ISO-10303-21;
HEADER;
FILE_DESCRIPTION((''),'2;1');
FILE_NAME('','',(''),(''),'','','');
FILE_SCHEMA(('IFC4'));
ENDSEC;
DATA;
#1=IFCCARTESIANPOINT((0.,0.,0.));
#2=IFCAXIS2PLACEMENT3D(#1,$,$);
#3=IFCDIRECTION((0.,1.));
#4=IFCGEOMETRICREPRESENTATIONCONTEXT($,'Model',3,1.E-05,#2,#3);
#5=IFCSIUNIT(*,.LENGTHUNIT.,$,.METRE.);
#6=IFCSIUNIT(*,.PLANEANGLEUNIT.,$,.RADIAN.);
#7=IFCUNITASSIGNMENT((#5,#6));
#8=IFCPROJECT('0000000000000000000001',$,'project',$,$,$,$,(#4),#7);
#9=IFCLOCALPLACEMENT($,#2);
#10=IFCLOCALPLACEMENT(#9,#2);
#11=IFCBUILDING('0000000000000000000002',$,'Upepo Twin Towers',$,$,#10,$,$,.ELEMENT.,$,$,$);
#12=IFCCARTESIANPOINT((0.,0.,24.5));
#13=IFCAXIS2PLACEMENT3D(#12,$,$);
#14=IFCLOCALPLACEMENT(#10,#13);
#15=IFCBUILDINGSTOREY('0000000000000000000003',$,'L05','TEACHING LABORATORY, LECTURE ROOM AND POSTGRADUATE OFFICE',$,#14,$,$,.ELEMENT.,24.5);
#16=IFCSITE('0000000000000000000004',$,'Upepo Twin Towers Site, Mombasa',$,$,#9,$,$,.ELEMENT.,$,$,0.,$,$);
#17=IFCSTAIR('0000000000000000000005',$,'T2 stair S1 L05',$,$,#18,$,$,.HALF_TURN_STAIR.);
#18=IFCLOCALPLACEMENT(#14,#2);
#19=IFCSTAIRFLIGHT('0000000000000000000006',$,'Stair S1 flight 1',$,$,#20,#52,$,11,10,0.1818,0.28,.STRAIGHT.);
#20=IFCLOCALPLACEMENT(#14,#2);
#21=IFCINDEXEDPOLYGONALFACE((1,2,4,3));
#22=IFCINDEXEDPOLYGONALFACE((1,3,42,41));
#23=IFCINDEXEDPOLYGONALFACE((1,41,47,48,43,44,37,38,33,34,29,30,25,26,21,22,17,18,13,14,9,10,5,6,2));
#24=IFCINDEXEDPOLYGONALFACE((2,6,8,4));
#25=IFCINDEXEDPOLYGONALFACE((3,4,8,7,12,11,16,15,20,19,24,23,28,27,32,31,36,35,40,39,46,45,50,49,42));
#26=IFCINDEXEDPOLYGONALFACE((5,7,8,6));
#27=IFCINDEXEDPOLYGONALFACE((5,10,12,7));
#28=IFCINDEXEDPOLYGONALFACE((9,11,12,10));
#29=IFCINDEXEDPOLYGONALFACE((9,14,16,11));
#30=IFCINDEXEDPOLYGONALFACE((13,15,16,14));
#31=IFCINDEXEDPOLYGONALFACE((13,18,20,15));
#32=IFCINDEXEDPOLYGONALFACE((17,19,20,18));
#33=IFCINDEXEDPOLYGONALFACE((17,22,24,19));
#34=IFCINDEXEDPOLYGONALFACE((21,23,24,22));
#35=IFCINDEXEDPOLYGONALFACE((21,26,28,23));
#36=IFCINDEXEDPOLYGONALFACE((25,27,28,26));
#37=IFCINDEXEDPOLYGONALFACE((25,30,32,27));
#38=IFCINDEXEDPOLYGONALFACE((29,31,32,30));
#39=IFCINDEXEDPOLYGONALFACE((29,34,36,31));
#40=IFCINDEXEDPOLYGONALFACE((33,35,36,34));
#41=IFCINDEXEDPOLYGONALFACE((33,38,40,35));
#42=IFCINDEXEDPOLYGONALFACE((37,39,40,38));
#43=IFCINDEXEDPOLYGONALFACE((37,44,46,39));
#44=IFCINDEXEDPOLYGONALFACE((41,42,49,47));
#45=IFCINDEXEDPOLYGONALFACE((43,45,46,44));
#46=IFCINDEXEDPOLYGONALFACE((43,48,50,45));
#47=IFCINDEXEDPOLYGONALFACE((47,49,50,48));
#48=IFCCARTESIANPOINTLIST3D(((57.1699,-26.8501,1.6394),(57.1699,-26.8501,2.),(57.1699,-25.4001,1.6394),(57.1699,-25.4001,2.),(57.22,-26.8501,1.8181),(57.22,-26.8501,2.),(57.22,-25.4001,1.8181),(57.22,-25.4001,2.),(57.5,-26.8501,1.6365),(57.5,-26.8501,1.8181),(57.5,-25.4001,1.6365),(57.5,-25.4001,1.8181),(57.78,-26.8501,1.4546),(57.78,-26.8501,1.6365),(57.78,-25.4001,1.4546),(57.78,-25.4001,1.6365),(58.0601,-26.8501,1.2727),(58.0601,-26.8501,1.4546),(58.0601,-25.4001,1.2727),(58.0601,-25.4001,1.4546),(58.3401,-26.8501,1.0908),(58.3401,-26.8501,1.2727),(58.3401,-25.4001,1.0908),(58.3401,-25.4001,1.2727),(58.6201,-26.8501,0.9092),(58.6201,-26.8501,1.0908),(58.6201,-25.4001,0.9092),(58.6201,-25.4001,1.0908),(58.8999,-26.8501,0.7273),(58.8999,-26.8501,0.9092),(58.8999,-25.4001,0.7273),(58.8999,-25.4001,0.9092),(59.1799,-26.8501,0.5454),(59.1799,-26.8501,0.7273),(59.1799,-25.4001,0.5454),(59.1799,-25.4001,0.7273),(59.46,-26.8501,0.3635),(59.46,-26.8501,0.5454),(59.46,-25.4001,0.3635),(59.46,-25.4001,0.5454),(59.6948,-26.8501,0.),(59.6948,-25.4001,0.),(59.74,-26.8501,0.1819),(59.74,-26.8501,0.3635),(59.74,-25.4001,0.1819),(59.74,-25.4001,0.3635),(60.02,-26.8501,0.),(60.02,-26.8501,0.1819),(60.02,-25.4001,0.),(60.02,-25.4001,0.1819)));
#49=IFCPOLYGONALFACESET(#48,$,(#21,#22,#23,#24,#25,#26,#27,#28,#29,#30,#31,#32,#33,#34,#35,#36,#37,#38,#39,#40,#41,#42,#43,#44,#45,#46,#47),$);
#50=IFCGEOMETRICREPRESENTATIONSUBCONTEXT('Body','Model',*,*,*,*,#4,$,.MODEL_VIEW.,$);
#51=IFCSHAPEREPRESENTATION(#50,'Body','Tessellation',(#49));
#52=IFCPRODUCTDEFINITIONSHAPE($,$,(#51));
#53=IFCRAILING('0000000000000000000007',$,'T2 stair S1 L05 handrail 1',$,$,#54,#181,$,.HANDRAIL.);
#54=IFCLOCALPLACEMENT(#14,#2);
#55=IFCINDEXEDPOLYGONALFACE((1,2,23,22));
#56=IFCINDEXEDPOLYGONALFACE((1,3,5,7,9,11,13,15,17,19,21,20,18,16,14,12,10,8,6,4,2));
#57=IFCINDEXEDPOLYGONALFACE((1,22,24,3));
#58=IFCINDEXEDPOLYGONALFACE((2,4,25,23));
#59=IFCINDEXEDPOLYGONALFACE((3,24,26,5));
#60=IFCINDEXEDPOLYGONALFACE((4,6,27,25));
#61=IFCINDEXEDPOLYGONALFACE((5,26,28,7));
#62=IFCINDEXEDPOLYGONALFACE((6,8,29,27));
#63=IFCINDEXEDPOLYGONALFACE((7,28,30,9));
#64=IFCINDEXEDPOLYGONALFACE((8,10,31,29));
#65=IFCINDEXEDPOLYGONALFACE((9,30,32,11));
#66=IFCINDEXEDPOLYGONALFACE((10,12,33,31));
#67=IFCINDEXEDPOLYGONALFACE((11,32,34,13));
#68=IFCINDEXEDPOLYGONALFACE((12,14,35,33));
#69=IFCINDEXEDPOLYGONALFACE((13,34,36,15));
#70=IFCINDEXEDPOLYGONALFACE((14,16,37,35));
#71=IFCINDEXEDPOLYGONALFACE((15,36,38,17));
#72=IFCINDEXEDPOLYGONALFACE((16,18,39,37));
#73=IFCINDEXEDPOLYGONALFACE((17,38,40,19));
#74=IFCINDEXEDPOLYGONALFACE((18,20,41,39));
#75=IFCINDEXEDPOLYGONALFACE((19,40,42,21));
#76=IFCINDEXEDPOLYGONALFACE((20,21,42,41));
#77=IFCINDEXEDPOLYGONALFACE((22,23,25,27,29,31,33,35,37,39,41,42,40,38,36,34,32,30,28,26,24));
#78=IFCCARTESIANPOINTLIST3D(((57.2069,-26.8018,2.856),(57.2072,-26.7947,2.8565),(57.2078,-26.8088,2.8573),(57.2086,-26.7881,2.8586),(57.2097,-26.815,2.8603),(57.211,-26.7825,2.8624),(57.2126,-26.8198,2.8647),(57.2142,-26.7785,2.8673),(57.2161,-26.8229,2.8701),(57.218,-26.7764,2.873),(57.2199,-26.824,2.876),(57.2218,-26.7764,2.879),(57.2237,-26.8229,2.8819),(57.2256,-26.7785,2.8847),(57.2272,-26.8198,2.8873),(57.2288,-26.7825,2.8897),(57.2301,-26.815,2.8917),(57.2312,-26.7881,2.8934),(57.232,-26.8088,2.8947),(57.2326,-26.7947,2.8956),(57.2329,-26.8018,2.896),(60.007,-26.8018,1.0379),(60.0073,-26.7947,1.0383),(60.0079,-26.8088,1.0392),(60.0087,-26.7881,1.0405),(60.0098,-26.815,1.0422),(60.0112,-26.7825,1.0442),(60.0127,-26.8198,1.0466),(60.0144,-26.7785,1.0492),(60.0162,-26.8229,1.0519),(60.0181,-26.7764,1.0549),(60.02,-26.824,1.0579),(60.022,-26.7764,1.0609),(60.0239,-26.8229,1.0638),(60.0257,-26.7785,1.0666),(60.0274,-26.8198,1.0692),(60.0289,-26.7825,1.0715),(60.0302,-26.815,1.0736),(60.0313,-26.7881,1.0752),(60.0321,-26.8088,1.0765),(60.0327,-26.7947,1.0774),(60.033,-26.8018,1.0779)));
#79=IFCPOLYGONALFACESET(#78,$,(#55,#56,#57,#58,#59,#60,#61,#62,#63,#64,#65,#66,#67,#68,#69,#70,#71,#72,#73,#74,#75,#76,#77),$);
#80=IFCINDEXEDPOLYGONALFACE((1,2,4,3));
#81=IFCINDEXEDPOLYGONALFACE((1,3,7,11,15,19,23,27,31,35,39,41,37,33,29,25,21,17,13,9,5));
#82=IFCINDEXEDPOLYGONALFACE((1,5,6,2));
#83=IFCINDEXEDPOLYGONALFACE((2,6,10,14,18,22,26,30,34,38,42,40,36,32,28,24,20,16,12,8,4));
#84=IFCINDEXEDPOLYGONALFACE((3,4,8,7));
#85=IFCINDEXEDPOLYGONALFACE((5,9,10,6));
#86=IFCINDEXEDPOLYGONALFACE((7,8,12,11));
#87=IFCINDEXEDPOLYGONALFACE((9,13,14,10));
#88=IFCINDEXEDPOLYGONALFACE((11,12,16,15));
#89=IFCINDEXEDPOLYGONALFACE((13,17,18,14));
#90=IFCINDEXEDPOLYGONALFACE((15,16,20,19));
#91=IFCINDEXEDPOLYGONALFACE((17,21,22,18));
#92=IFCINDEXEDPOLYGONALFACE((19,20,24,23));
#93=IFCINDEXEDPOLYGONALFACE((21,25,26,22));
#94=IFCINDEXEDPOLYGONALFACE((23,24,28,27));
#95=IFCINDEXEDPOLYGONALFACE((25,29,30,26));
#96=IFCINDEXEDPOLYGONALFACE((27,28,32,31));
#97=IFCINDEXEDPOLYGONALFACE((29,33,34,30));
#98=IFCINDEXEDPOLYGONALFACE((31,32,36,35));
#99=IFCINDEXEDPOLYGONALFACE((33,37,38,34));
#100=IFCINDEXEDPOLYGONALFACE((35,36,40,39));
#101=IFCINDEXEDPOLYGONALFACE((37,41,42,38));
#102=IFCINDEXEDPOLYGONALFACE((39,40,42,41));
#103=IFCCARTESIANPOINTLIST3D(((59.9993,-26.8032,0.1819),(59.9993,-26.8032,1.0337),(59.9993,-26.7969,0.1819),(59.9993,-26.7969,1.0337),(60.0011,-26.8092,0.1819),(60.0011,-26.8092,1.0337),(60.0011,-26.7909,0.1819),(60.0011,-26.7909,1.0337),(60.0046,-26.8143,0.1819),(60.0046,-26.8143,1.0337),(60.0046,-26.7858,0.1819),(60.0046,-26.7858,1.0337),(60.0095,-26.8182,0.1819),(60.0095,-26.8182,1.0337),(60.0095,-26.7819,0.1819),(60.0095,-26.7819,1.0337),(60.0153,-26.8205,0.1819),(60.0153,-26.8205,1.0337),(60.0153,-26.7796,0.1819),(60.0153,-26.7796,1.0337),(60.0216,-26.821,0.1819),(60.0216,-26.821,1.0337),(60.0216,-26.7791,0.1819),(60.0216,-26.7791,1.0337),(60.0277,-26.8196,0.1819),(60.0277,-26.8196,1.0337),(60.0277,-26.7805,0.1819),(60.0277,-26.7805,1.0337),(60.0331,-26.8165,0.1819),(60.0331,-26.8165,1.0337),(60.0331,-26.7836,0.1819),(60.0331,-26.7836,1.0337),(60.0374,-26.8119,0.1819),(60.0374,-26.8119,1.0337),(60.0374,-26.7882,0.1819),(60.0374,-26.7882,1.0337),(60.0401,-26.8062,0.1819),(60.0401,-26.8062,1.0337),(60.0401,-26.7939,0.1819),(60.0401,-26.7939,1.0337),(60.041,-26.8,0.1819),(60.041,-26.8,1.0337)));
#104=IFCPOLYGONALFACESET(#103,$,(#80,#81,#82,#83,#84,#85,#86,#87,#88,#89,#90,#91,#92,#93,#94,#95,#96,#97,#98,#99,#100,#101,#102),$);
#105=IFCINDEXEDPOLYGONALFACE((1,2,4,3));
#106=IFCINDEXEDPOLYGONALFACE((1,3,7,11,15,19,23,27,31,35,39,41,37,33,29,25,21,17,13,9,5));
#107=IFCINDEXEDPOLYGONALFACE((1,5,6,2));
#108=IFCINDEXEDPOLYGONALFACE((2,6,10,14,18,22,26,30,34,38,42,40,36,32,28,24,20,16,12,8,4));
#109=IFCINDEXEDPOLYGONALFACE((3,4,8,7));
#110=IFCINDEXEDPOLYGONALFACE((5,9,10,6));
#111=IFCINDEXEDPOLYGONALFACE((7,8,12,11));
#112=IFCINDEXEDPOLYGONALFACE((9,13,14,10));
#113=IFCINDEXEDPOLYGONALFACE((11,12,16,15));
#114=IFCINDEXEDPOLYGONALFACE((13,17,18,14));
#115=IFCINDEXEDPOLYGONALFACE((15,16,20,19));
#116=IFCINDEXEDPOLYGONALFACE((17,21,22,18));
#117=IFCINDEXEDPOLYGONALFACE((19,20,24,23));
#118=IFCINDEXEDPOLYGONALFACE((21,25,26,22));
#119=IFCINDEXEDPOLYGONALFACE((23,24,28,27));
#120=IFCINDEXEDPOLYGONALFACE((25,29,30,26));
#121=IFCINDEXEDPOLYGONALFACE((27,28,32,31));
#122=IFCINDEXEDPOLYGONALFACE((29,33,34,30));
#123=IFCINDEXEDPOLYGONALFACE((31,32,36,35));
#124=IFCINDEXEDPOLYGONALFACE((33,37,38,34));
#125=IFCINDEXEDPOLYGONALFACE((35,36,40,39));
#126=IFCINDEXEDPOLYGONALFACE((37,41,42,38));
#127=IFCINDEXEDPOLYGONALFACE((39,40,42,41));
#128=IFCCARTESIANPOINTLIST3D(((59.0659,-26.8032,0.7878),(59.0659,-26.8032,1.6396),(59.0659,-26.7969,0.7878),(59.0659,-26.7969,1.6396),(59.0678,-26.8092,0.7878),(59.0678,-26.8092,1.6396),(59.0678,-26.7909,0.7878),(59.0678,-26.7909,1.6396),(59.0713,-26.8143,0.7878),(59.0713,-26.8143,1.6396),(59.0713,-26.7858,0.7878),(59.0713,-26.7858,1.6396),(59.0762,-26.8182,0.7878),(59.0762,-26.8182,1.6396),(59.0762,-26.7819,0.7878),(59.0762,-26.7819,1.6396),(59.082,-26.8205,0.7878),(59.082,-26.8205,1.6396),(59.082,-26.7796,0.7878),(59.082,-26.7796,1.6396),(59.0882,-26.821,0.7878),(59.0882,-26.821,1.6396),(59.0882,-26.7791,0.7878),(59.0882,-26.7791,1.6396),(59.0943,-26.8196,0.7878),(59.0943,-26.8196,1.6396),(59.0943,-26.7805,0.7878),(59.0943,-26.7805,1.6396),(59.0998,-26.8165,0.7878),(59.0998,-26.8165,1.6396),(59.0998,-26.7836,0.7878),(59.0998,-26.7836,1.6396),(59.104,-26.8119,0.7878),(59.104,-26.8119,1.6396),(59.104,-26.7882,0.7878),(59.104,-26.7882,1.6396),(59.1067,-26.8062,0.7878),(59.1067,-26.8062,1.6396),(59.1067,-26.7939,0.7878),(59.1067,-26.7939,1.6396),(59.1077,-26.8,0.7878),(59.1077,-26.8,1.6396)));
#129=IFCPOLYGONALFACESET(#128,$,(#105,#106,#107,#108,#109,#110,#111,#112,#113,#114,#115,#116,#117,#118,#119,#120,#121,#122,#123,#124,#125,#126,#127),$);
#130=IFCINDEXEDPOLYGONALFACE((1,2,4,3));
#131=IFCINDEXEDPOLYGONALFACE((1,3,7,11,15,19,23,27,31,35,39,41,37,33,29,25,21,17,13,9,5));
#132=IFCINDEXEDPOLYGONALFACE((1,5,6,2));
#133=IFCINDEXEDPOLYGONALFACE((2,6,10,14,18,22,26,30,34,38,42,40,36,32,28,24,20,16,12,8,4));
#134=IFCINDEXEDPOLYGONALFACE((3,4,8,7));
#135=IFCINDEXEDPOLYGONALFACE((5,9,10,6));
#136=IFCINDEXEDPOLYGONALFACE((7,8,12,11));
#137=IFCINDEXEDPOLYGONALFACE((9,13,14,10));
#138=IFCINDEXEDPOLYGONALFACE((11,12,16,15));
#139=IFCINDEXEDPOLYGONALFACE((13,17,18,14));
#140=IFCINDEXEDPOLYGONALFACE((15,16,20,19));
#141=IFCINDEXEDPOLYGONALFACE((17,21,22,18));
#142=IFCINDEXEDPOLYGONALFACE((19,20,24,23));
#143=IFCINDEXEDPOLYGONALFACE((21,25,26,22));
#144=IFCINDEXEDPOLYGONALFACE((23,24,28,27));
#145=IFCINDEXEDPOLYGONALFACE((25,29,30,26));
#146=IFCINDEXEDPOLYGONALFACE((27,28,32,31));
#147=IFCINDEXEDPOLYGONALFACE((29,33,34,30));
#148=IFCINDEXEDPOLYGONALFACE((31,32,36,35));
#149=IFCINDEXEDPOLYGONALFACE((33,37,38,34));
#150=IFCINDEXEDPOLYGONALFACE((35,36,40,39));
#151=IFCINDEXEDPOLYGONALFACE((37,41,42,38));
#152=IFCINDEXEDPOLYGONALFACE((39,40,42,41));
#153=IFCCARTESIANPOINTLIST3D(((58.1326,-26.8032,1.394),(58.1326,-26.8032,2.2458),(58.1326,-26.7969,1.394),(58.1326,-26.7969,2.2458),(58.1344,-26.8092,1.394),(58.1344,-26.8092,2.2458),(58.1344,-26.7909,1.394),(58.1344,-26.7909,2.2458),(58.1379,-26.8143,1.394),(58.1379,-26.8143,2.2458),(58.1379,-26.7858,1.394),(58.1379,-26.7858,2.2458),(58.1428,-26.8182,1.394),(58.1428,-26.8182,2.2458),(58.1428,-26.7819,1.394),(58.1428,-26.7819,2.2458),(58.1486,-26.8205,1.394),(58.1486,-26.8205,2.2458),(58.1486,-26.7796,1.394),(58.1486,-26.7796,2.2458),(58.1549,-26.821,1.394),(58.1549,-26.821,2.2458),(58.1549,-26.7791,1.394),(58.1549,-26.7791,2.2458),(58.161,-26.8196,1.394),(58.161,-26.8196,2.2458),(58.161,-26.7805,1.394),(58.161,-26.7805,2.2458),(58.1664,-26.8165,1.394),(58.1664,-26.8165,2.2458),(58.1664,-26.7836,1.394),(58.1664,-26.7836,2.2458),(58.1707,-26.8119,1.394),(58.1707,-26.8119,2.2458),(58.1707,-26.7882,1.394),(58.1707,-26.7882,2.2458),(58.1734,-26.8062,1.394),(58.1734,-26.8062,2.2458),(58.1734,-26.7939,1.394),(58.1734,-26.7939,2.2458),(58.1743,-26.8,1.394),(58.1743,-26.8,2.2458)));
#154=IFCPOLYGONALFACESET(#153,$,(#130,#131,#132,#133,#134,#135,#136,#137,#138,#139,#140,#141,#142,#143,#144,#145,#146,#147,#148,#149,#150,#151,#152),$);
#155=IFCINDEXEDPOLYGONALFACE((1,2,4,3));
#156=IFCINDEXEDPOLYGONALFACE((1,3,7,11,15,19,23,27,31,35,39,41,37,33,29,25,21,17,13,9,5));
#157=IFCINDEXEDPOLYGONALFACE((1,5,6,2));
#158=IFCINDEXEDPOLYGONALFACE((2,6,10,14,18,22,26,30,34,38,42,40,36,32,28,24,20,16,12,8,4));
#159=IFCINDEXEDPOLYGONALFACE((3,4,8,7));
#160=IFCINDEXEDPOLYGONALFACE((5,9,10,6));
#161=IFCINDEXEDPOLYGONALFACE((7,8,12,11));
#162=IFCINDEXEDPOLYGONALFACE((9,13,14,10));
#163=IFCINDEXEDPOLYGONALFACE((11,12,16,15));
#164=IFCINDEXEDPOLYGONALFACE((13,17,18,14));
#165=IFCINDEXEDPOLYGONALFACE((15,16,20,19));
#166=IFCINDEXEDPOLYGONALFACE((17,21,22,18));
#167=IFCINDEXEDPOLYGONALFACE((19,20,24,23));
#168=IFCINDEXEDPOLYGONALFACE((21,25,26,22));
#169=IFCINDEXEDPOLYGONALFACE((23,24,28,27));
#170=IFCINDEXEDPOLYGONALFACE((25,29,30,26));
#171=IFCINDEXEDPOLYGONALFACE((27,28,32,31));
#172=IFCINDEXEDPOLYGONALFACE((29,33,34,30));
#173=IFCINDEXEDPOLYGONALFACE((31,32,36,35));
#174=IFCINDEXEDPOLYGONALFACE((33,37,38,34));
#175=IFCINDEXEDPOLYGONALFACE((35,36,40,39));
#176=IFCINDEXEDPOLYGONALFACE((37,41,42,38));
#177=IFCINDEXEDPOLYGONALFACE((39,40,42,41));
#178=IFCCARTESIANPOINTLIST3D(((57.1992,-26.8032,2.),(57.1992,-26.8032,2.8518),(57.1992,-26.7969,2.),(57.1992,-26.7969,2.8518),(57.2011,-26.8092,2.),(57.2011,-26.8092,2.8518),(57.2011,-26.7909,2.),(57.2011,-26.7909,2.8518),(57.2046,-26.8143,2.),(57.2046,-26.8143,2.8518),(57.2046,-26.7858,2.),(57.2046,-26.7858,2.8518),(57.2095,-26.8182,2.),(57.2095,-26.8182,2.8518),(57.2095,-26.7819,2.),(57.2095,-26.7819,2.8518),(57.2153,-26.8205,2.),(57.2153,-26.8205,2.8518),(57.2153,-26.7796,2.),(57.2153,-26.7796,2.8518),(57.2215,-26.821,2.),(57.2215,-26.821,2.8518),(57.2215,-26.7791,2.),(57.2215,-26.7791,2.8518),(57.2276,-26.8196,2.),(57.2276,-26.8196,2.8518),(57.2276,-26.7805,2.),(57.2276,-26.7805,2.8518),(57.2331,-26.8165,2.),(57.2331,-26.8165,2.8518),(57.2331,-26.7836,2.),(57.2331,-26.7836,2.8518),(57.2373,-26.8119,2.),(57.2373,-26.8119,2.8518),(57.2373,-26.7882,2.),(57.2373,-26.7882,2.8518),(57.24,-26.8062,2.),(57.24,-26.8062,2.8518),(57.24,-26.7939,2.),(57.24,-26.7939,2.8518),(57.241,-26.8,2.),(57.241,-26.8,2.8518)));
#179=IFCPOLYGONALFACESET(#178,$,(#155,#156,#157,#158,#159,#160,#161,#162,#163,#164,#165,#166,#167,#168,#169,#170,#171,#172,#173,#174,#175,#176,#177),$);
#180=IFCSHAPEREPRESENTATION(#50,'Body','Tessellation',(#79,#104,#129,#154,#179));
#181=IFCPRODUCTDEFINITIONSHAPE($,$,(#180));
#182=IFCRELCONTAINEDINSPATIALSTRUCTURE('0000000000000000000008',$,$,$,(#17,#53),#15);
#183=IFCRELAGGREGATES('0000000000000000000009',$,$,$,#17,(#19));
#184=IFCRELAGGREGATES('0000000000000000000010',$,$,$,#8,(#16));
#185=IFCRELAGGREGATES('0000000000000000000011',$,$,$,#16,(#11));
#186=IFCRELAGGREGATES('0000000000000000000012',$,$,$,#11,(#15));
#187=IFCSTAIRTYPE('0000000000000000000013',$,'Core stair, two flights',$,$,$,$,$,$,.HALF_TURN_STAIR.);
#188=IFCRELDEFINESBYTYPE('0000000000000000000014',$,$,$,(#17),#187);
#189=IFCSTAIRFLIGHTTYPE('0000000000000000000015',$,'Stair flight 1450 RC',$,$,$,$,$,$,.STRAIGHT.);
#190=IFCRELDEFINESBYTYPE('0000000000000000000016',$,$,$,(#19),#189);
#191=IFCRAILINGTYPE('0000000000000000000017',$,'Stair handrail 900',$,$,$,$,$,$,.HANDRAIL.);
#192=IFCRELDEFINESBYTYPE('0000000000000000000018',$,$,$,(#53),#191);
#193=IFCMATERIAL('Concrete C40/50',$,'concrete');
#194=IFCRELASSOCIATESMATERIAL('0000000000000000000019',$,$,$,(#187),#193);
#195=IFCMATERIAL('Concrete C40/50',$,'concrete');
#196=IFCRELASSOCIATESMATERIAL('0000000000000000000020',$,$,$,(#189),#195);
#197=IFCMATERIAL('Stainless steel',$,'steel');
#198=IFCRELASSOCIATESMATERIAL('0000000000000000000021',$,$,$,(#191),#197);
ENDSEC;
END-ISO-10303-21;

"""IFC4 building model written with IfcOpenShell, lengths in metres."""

from ifc_helpers import new_model, si_unit, direction, frame, origin, origin_2d, place, context, subcontext, project, spatial, polyline, circle, outline, extrude, material, type_object, element, aggregate, save


model = new_model("IFC4")

# Units and contexts
model_context = context("Model", 3, precision=1e-05, world=origin(), true_north=direction((0.0, 1.0)))
body_context = subcontext(model_context, "Body", "Model", "MODEL_VIEW")
ifc_project = project(units=[si_unit("LENGTHUNIT", "METRE"), si_unit("PLANEANGLEUNIT", "RADIAN")], contexts=[model_context])

# Site, building, storey
site_placement = place(None, origin())
site = spatial("IfcSite", under=ifc_project, at=site_placement, Name="Upepo Twin Towers Site, Mombasa", CompositionType="ELEMENT", RefElevation=0.0)
building_placement = place(site_placement, origin())
building = spatial("IfcBuilding", under=site, at=building_placement, Name="Upepo Twin Towers", CompositionType="ELEMENT")
storey_placement = place(building_placement, frame((0.0, 0.0, 24.5)))
storey = spatial("IfcBuildingStorey", under=building, at=storey_placement, Name="L05", Description="TEACHING LABORATORY, LECTURE ROOM AND POSTGRADUATE OFFICE", CompositionType="ELEMENT", Elevation=24.5)

# Stair, stair flight
ifc_material_1 = material(Name="Concrete C40/50", Category="concrete")
stair_type = type_object("IfcStairType", Name="Core stair, two flights", PredefinedType="HALF_TURN_STAIR", material=ifc_material_1)
stair_placement = place(storey_placement, origin())
stair = element("IfcStair", 1, at=stair_placement, inside=storey, type_object=stair_type, Name="T2 stair S1 L05", PredefinedType="HALF_TURN_STAIR")
ifc_material_2 = material(Name="Concrete C40/50", Category="concrete")
stair_flight_type = type_object("IfcStairFlightType", Name="Stair flight 1450 RC", PredefinedType="STRAIGHT", material=ifc_material_2)
stair_flight_placement = place(storey_placement, frame((60.02, -26.125, 0.0), z_axis=(0.0, 0.0, 1.0), x_axis=(-1.0, 0.0, 0.0)))
stair_flight = element("IfcStairFlight", 2, at=stair_flight_placement, type_object=stair_flight_type, Name="Stair S1 flight 1", NumberOfRisers=11, NumberOfTreads=10, PredefinedType="STRAIGHT", RiserHeight=0.1818, TreadLength=0.28, context=body_context, shape_type="SweptSolid", body=[
    extrude(outline(polyline([(0.0, 0.0), (0.0, 0.1819), (0.28, 0.1819), (0.28, 0.3635), (0.5601, 0.3635), (0.5601, 0.5454), (0.8401, 0.5454), (0.8401, 0.7273), (1.1201, 0.7273), (1.1201, 0.9092), (1.3999, 0.9092), (1.3999, 1.0908), (1.6799, 1.0908), (1.6799, 1.2727), (1.96, 1.2727), (1.96, 1.4546), (2.24, 1.4546), (2.24, 1.6365), (2.52, 1.6365), (2.52, 1.8181), (2.8, 1.8181), (2.8, 2.0), (2.8501, 2.0), (2.8501, 1.6394), (0.3252, 0.0), (0.0, 0.0)])), frame((0.0, 0.7251, 0.0), z_axis=(0.0, -1.0, 0.0), x_axis=(1.0, 0.0, 0.0)), (0.0, 0.0, 1.0), 1.45),
])
aggregate(stair, [stair_flight])

# Railing
ifc_material_3 = material(Name="Stainless steel", Category="steel")
railing_type = type_object("IfcRailingType", Name="Stair handrail 900", PredefinedType="HANDRAIL", material=ifc_material_3)
railing_placement = place(storey_placement, frame((60.02, -26.8, 0.1819)))
element("IfcRailing", 3, at=railing_placement, inside=storey, type_object=railing_type, Name="T2 stair S1 L05 handrail 1", PredefinedType="HANDRAIL", context=body_context, shape_type="SweptSolid", body=[
    extrude(circle(Radius=0.0239, at=origin_2d()), frame((0.0, 0.0, 0.876), z_axis=(-0.838706, 0.0, 0.544585), x_axis=(0.0, -1.0, 0.0)), (0.0, 0.0, 1.0), 3.3386),
    extrude(circle(Radius=0.021, at=origin_2d()), origin(), (0.0, 0.0, 1.0), 0.8518),
    extrude(circle(Radius=0.021, at=origin_2d()), frame((-0.9333, 0.0, 0.606)), (0.0, 0.0, 1.0), 0.8518),
    extrude(circle(Radius=0.021, at=origin_2d()), frame((-1.8667, 0.0, 1.2122)), (0.0, 0.0, 1.0), 0.8518),
    extrude(circle(Radius=0.021, at=origin_2d()), frame((-2.8, 0.0, 1.8181)), (0.0, 0.0, 1.0), 0.8518),
])

save(model, "model.ifc")
